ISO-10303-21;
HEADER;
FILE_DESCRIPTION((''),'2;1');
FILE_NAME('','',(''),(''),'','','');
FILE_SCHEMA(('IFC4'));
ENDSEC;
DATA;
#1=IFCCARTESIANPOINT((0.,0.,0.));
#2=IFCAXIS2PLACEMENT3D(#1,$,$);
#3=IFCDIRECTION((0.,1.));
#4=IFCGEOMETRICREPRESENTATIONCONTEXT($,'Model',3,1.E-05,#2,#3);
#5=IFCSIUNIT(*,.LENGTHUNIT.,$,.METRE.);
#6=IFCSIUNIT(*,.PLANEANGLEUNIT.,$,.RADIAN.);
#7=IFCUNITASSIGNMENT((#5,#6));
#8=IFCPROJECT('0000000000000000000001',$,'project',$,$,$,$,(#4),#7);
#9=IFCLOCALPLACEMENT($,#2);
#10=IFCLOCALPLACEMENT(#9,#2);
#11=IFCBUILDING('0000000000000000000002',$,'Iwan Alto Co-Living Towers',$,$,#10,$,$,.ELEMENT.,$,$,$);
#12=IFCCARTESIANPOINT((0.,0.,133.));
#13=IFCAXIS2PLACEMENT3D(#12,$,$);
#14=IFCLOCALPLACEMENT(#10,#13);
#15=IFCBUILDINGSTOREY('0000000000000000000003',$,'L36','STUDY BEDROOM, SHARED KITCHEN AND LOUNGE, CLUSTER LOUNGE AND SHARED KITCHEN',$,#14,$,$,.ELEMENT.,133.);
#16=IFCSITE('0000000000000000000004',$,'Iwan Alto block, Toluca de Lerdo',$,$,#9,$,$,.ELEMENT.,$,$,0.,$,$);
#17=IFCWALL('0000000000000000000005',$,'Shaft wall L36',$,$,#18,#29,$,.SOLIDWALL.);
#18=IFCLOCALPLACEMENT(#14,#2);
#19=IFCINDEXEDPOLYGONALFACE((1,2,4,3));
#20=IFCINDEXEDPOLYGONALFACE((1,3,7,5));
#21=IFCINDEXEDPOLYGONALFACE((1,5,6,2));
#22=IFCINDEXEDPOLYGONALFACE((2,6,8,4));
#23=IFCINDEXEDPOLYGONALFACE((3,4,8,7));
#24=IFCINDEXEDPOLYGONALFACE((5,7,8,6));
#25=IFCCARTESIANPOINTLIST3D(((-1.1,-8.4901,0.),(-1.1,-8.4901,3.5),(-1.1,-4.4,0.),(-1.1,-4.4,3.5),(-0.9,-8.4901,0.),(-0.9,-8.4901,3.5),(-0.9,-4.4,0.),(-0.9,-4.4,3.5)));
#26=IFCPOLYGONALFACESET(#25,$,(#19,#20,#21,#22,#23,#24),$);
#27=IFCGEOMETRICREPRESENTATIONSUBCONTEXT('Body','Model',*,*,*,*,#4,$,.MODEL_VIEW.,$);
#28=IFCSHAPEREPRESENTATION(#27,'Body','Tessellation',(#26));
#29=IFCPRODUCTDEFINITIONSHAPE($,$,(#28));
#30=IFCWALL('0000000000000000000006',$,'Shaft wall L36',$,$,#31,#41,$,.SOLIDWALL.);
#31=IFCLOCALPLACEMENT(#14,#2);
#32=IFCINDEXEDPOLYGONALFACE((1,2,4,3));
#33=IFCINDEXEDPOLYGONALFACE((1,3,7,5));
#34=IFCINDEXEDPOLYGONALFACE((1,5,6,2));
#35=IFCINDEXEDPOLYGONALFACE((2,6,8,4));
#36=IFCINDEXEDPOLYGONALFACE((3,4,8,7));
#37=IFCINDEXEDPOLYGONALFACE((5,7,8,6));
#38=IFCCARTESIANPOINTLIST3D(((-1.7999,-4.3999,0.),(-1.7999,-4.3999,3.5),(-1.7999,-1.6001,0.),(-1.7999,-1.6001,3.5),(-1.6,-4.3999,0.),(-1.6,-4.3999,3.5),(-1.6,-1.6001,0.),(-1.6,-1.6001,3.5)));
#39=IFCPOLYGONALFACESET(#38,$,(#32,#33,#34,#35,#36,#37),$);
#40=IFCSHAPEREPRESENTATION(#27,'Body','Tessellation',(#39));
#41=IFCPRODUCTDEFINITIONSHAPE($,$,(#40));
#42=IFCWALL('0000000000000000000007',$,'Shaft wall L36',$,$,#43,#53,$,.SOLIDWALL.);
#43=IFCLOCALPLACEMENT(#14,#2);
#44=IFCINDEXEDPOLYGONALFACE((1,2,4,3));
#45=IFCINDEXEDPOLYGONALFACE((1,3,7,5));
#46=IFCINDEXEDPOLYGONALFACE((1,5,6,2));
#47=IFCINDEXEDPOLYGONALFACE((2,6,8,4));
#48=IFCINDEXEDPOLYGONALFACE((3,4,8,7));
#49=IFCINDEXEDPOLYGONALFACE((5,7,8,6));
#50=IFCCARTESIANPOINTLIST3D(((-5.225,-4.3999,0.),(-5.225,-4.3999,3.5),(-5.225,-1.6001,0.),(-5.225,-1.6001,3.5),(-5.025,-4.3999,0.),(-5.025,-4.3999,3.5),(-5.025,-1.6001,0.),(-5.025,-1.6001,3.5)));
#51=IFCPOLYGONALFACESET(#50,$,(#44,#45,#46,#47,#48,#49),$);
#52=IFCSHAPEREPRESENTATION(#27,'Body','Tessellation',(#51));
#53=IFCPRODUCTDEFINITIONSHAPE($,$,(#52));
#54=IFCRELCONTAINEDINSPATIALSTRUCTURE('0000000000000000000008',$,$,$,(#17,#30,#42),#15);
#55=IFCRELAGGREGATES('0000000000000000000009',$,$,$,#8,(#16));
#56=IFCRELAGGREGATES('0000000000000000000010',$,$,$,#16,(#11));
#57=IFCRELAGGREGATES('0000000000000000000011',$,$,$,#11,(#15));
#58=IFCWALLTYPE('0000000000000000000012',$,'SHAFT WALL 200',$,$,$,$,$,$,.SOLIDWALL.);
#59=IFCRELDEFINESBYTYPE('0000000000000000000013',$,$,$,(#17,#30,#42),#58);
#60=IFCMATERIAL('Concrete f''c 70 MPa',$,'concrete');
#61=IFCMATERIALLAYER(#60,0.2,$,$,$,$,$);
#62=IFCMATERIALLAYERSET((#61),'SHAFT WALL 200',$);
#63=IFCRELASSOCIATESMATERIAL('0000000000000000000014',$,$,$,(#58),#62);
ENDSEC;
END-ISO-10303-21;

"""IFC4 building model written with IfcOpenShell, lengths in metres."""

from ifc_helpers import new_model, si_unit, direction, frame, frame_2d, origin, place, context, subcontext, project, spatial, rectangle, extrude, material, layer, layer_set, type_object, element, save


model = new_model("IFC4")

# Units and contexts
model_context = context("Model", 3, precision=1e-05, world=origin(), true_north=direction((0.0, 1.0)))
body_context = subcontext(model_context, "Body", "Model", "MODEL_VIEW")
ifc_project = project(units=[si_unit("LENGTHUNIT", "METRE"), si_unit("PLANEANGLEUNIT", "RADIAN")], contexts=[model_context])

# Site, building, storey
site_placement = place(None, origin())
site = spatial("IfcSite", under=ifc_project, at=site_placement, Name="Iwan Alto block, Toluca de Lerdo", CompositionType="ELEMENT", RefElevation=0.0)
building_placement = place(site_placement, origin())
building = spatial("IfcBuilding", under=site, at=building_placement, Name="Iwan Alto Co-Living Towers", CompositionType="ELEMENT")
storey_placement = place(building_placement, frame((0.0, 0.0, 133.0)))
storey = spatial("IfcBuildingStorey", under=building, at=storey_placement, Name="L36", Description="STUDY BEDROOM, SHARED KITCHEN AND LOUNGE, CLUSTER LOUNGE AND SHARED KITCHEN", CompositionType="ELEMENT", Elevation=133.0)

# Shared definitions
ifc_material_1 = material(Name="Concrete f'c 70 MPa", Category="concrete")
ifc_layer_1 = layer(ifc_material_1, 0.2)
ifc_layer_set_1 = layer_set([ifc_layer_1], Name="SHAFT WALL 200")
wall_type_1 = type_object("IfcWallType", Name="SHAFT WALL 200", PredefinedType="SOLIDWALL", material=ifc_layer_set_1)

# Walls
wall_1_placement = place(storey_placement, frame((-1.0, -8.49, 0.0), z_axis=(0.0, 0.0, 1.0), x_axis=(0.0, 1.0, 0.0)))
element("IfcWall", 1, at=wall_1_placement, inside=storey, type_object=wall_type_1, Name="Shaft wall L36", PredefinedType="SOLIDWALL", context=body_context, shape_type="SweptSolid", body=[
    extrude(rectangle(XDim=4.0901, YDim=0.2, at=frame_2d((2.0449, 0.0))), origin(), (0.0, 0.0, 1.0), 3.5),
])
for number, where, z_axis, x_axis, name in (
    (2, (-1.7, -4.3999, 0.0), (0.0, 0.0, 1.0), (0.0, 1.0, 0.0), "Shaft wall L36"),
    (3, (-5.125, -4.3999, 0.0), (0.0, 0.0, 1.0), (0.0, 1.0, 0.0), "Shaft wall L36"),
):
    element("IfcWall", number, at=place(storey_placement, frame(where, z_axis=z_axis, x_axis=x_axis)), inside=storey, type_object=wall_type_1, Name=name, PredefinedType="SOLIDWALL", context=body_context, shape_type="SweptSolid", body=[
        extrude(rectangle(XDim=2.7998, YDim=0.2, at=frame_2d((1.3999, 0.0))), origin(), (0.0, 0.0, 1.0), 3.5),
    ])

save(model, "model.ifc")
